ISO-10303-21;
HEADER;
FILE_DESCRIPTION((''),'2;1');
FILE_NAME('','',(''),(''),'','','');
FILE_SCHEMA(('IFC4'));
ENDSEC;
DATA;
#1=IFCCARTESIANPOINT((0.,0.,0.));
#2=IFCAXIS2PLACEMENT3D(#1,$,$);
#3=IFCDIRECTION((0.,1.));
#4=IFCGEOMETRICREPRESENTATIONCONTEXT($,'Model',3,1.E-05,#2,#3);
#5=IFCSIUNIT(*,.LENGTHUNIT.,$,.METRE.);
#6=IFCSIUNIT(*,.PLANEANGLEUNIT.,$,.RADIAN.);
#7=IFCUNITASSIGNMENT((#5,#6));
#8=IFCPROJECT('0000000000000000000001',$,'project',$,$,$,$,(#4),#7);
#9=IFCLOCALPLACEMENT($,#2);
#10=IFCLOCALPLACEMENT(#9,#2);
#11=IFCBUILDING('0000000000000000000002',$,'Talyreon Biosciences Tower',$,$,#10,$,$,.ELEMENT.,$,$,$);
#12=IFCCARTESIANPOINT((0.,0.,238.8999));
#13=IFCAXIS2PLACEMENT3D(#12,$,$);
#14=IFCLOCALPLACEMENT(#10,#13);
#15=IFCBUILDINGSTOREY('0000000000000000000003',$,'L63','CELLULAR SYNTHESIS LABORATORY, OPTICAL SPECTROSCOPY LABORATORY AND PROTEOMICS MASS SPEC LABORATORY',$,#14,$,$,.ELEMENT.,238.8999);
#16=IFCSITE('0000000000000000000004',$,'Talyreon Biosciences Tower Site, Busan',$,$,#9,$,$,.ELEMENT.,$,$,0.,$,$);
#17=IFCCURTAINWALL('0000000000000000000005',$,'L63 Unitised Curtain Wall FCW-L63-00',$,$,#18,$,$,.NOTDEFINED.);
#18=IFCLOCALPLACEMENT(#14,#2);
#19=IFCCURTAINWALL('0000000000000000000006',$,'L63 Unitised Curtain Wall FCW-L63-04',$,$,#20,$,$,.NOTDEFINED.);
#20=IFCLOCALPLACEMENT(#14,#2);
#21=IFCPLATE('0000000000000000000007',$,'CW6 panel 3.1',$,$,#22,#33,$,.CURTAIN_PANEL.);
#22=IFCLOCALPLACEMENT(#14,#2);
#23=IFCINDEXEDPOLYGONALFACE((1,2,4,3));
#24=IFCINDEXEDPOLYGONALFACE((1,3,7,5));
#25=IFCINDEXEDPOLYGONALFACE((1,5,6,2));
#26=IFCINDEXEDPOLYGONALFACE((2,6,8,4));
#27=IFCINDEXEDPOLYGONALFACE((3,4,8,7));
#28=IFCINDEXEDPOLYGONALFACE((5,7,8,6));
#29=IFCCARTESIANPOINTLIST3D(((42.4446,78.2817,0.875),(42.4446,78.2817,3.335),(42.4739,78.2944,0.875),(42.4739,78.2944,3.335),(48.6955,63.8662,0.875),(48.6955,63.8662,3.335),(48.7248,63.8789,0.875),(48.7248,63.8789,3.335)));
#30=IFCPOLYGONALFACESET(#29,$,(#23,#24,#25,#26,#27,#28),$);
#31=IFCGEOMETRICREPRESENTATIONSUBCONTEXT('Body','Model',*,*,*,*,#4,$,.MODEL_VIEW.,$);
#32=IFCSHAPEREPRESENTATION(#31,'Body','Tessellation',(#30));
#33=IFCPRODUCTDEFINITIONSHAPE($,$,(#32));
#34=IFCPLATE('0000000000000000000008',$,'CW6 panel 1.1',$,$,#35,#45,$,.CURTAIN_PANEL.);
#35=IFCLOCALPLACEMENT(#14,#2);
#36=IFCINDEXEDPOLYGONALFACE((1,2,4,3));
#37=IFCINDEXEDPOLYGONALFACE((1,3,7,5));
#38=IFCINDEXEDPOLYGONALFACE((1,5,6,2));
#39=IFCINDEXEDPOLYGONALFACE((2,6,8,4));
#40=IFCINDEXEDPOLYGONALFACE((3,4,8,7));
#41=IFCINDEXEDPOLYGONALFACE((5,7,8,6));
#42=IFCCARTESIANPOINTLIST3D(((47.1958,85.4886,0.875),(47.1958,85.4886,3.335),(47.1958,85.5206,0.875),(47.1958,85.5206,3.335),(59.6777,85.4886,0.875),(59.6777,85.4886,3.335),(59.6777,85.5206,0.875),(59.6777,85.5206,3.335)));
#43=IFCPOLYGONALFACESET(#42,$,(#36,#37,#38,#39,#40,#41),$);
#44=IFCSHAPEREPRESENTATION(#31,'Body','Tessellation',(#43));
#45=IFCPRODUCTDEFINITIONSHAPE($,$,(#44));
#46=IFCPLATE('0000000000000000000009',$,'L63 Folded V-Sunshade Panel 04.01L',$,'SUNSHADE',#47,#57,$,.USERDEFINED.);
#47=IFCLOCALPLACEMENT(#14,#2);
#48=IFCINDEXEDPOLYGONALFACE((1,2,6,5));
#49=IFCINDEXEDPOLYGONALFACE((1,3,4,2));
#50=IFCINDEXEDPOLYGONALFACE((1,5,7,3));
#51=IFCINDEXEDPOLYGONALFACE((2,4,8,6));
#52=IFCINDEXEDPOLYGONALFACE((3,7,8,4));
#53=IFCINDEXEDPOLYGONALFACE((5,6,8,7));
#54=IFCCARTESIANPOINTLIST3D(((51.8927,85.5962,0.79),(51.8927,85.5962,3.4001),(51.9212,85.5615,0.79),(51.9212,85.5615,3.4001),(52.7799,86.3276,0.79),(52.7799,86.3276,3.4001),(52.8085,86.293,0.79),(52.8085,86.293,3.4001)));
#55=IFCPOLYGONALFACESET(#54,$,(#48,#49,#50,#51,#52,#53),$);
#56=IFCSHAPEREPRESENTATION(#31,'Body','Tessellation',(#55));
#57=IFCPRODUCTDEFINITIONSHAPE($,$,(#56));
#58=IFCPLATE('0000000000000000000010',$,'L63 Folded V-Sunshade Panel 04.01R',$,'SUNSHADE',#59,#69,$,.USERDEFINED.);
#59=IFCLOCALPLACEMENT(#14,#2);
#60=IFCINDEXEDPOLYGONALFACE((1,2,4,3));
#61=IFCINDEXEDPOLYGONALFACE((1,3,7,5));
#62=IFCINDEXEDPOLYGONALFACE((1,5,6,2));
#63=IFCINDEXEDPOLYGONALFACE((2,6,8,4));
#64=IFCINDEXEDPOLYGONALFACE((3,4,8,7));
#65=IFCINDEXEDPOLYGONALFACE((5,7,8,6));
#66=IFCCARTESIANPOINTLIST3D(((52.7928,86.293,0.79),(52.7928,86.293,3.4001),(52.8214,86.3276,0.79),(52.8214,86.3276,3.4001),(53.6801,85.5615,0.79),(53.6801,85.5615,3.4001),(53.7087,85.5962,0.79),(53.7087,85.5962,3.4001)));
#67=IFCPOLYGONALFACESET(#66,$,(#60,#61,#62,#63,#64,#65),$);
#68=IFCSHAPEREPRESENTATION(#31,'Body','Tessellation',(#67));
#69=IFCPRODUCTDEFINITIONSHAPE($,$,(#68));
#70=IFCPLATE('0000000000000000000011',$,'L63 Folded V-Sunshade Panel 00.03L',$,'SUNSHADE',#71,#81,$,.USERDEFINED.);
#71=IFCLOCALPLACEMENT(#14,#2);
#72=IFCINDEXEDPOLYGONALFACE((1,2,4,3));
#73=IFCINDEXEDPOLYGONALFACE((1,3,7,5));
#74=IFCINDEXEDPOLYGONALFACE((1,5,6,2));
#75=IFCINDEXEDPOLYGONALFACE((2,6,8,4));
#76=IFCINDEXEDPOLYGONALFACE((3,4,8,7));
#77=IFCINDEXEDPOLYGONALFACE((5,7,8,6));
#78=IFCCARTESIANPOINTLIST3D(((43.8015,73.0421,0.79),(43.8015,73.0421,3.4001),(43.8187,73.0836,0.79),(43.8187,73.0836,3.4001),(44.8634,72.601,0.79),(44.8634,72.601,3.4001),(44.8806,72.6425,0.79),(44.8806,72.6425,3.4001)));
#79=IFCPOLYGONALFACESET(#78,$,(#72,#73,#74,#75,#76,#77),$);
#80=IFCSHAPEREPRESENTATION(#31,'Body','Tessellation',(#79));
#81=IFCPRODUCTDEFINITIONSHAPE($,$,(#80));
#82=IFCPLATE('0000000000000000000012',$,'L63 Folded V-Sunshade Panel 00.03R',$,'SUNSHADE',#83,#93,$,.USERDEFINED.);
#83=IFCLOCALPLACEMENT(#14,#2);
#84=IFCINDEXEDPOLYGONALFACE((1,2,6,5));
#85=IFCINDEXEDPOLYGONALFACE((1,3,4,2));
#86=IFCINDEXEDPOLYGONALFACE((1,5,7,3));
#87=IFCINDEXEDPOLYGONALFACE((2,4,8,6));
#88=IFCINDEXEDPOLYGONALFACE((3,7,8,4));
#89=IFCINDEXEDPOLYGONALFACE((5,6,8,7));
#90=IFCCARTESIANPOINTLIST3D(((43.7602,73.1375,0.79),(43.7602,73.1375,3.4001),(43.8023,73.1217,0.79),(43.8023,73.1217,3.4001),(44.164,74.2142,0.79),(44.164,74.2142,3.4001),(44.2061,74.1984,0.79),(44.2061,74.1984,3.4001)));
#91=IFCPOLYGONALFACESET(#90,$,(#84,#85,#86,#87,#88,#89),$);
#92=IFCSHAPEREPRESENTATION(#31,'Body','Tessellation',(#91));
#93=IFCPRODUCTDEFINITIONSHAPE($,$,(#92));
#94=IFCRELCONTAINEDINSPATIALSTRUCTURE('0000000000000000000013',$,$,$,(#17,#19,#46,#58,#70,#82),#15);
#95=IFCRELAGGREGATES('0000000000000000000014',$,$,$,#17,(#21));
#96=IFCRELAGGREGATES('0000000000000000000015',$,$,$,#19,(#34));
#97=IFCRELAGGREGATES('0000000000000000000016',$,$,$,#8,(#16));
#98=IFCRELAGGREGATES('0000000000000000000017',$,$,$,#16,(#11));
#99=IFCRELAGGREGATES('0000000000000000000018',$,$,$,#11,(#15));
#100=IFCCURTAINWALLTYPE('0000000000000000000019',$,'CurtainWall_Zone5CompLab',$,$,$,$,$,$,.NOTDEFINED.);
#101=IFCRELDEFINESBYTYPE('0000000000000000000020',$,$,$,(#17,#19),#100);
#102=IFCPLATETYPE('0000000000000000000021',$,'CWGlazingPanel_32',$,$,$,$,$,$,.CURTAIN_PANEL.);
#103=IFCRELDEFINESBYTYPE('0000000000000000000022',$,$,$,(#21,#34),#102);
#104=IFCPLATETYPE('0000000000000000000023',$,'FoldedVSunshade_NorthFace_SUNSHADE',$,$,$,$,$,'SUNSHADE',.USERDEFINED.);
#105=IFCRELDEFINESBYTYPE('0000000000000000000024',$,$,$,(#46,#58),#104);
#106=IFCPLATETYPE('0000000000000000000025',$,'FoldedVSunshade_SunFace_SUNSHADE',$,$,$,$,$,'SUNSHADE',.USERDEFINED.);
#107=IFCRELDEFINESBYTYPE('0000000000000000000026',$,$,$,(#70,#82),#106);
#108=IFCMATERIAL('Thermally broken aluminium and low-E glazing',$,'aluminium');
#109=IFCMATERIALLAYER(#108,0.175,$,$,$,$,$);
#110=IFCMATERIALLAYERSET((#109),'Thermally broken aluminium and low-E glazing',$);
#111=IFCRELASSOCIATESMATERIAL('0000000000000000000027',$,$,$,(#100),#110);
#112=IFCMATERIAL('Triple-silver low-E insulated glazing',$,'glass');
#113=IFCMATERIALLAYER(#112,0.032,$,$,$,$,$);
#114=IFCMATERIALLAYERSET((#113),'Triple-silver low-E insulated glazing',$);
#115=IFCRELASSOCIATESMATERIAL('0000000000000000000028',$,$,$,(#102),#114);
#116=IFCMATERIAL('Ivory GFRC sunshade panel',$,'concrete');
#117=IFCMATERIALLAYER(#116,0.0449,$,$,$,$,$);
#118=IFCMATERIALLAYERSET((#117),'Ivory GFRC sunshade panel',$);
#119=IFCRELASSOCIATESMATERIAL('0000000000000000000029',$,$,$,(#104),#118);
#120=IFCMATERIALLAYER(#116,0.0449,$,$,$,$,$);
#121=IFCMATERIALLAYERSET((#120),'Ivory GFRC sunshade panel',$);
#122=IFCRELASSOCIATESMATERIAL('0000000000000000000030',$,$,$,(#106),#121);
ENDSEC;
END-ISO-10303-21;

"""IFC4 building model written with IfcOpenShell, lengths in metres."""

from ifc_helpers import new_model, si_unit, direction, frame, origin, origin_2d, place, context, subcontext, project, spatial, rectangle, extrude, material, layer, layer_set, type_object, element, aggregate, save


model = new_model("IFC4")

# Units and contexts
model_context = context("Model", 3, precision=1e-05, world=origin(), true_north=direction((0.0, 1.0)))
body_context = subcontext(model_context, "Body", "Model", "MODEL_VIEW")
ifc_project = project(units=[si_unit("LENGTHUNIT", "METRE"), si_unit("PLANEANGLEUNIT", "RADIAN")], contexts=[model_context])

# Site, building, storey
site_placement = place(None, origin())
site = spatial("IfcSite", under=ifc_project, at=site_placement, Name="Talyreon Biosciences Tower Site, Busan", CompositionType="ELEMENT", RefElevation=0.0)
building_placement = place(site_placement, origin())
building = spatial("IfcBuilding", under=site, at=building_placement, Name="Talyreon Biosciences Tower", CompositionType="ELEMENT")
storey_placement = place(building_placement, frame((0.0, 0.0, 238.8999)))
storey = spatial("IfcBuildingStorey", under=building, at=storey_placement, Name="L63", Description="CELLULAR SYNTHESIS LABORATORY, OPTICAL SPECTROSCOPY LABORATORY AND PROTEOMICS MASS SPEC LABORATORY", CompositionType="ELEMENT", Elevation=238.8999)

# Curtain wall
ifc_material_1 = material(Name="Thermally broken aluminium and low-E glazing", Category="aluminium")
ifc_layer_1 = layer(ifc_material_1, 0.175)
ifc_layer_set_1 = layer_set([ifc_layer_1], Name="Thermally broken aluminium and low-E glazing")
curtain_wall_type = type_object("IfcCurtainWallType", Name="CurtainWall_Zone5CompLab", PredefinedType="NOTDEFINED", material=ifc_layer_set_1)
curtain_wall_1_placement = place(storey_placement, origin())
curtain_wall_1 = element("IfcCurtainWall", 1, at=curtain_wall_1_placement, inside=storey, type_object=curtain_wall_type, Name="L63 Unitised Curtain Wall FCW-L63-00", PredefinedType="NOTDEFINED")

# Curtain wall
curtain_wall_2_placement = place(storey_placement, origin())
curtain_wall_2 = element("IfcCurtainWall", 2, at=curtain_wall_2_placement, inside=storey, type_object=curtain_wall_type, Name="L63 Unitised Curtain Wall FCW-L63-04", PredefinedType="NOTDEFINED")

# Plates
ifc_material_2 = material(Name="Triple-silver low-E insulated glazing", Category="glass")
ifc_layer_2 = layer(ifc_material_2, 0.032)
ifc_layer_set_2 = layer_set([ifc_layer_2], Name="Triple-silver low-E insulated glazing")
plate_type_1 = type_object("IfcPlateType", Name="CWGlazingPanel_32", PredefinedType="CURTAIN_PANEL", material=ifc_layer_set_2)
plate_1_placement = place(storey_placement, frame((45.5847, 71.0803, 0.875), z_axis=(0.0, 0.0, 1.0), x_axis=(-0.397832, 0.917458, 0.0)))
plate_1 = element("IfcPlate", 3, at=plate_1_placement, type_object=plate_type_1, Name="CW6 panel 3.1", PredefinedType="CURTAIN_PANEL", context=body_context, shape_type="SweptSolid", body=[
    extrude(rectangle(XDim=15.7124, YDim=0.032, at=origin_2d()), origin(), (0.0, 0.0, 1.0), 2.46),
])
aggregate(curtain_wall_1, [plate_1])
plate_2_placement = place(storey_placement, frame((53.4368, 85.5046, 0.875), z_axis=(0.0, 0.0, 1.0), x_axis=(1.0, 0.0, 0.0)))
plate_2 = element("IfcPlate", 4, at=plate_2_placement, type_object=plate_type_1, Name="CW6 panel 1.1", PredefinedType="CURTAIN_PANEL", context=body_context, shape_type="SweptSolid", body=[
    extrude(rectangle(XDim=12.4819, YDim=0.032, at=origin_2d()), origin(), (0.0, 0.0, 1.0), 2.46),
])
aggregate(curtain_wall_2, [plate_2])

# Plates
ifc_material_3 = material(Name="Ivory GFRC sunshade panel", Category="concrete")
ifc_layer_3 = layer(ifc_material_3, 0.0449)
ifc_layer_set_3 = layer_set([ifc_layer_3], Name="Ivory GFRC sunshade panel")
plate_type_2 = type_object("IfcPlateType", Name="FoldedVSunshade_NorthFace_SUNSHADE", ElementType="SUNSHADE", PredefinedType="USERDEFINED", material=ifc_layer_set_3)
for number, where, z_axis, x_axis, name in (
    (5, (52.3506, 85.9446, 0.79), (0.0, 0.0, 1.0), (0.771625, 0.636078, 0.0), "L63 Folded V-Sunshade Panel 04.01L"),
    (6, (53.2507, 85.9446, 0.79), (0.0, 0.0, 1.0), (0.771625, -0.636078, 0.0), "L63 Folded V-Sunshade Panel 04.01R"),
):
    element("IfcPlate", number, at=place(storey_placement, frame(where, z_axis=z_axis, x_axis=x_axis)), inside=storey, type_object=plate_type_2, Name=name, ObjectType="SUNSHADE", PredefinedType="USERDEFINED", context=body_context, shape_type="SweptSolid", body=[
        extrude(rectangle(XDim=1.1499, YDim=0.0449, at=origin_2d()), origin(), (0.0, 0.0, 1.0), 2.6101),
    ])
ifc_layer_4 = layer(ifc_material_3, 0.0449)
ifc_layer_set_4 = layer_set([ifc_layer_4], Name="Ivory GFRC sunshade panel")
plate_type_3 = type_object("IfcPlateType", Name="FoldedVSunshade_SunFace_SUNSHADE", ElementType="SUNSHADE", PredefinedType="USERDEFINED", material=ifc_layer_set_4)
for number, where, z_axis, x_axis, name in (
    (7, (44.3411, 72.8423, 0.79), (0.0, 0.0, 1.0), (-0.923498, 0.383602, 0.0), "L63 Folded V-Sunshade Panel 00.03L"),
    (8, (43.9832, 73.668, 0.79), (0.0, 0.0, 1.0), (0.351139, 0.936323, 0.0), "L63 Folded V-Sunshade Panel 00.03R"),
):
    element("IfcPlate", number, at=place(storey_placement, frame(where, z_axis=z_axis, x_axis=x_axis)), inside=storey, type_object=plate_type_3, Name=name, ObjectType="SUNSHADE", PredefinedType="USERDEFINED", context=body_context, shape_type="SweptSolid", body=[
        extrude(rectangle(XDim=1.1499, YDim=0.0449, at=origin_2d()), origin(), (0.0, 0.0, 1.0), 2.6101),
    ])

save(model, "model.ifc")
